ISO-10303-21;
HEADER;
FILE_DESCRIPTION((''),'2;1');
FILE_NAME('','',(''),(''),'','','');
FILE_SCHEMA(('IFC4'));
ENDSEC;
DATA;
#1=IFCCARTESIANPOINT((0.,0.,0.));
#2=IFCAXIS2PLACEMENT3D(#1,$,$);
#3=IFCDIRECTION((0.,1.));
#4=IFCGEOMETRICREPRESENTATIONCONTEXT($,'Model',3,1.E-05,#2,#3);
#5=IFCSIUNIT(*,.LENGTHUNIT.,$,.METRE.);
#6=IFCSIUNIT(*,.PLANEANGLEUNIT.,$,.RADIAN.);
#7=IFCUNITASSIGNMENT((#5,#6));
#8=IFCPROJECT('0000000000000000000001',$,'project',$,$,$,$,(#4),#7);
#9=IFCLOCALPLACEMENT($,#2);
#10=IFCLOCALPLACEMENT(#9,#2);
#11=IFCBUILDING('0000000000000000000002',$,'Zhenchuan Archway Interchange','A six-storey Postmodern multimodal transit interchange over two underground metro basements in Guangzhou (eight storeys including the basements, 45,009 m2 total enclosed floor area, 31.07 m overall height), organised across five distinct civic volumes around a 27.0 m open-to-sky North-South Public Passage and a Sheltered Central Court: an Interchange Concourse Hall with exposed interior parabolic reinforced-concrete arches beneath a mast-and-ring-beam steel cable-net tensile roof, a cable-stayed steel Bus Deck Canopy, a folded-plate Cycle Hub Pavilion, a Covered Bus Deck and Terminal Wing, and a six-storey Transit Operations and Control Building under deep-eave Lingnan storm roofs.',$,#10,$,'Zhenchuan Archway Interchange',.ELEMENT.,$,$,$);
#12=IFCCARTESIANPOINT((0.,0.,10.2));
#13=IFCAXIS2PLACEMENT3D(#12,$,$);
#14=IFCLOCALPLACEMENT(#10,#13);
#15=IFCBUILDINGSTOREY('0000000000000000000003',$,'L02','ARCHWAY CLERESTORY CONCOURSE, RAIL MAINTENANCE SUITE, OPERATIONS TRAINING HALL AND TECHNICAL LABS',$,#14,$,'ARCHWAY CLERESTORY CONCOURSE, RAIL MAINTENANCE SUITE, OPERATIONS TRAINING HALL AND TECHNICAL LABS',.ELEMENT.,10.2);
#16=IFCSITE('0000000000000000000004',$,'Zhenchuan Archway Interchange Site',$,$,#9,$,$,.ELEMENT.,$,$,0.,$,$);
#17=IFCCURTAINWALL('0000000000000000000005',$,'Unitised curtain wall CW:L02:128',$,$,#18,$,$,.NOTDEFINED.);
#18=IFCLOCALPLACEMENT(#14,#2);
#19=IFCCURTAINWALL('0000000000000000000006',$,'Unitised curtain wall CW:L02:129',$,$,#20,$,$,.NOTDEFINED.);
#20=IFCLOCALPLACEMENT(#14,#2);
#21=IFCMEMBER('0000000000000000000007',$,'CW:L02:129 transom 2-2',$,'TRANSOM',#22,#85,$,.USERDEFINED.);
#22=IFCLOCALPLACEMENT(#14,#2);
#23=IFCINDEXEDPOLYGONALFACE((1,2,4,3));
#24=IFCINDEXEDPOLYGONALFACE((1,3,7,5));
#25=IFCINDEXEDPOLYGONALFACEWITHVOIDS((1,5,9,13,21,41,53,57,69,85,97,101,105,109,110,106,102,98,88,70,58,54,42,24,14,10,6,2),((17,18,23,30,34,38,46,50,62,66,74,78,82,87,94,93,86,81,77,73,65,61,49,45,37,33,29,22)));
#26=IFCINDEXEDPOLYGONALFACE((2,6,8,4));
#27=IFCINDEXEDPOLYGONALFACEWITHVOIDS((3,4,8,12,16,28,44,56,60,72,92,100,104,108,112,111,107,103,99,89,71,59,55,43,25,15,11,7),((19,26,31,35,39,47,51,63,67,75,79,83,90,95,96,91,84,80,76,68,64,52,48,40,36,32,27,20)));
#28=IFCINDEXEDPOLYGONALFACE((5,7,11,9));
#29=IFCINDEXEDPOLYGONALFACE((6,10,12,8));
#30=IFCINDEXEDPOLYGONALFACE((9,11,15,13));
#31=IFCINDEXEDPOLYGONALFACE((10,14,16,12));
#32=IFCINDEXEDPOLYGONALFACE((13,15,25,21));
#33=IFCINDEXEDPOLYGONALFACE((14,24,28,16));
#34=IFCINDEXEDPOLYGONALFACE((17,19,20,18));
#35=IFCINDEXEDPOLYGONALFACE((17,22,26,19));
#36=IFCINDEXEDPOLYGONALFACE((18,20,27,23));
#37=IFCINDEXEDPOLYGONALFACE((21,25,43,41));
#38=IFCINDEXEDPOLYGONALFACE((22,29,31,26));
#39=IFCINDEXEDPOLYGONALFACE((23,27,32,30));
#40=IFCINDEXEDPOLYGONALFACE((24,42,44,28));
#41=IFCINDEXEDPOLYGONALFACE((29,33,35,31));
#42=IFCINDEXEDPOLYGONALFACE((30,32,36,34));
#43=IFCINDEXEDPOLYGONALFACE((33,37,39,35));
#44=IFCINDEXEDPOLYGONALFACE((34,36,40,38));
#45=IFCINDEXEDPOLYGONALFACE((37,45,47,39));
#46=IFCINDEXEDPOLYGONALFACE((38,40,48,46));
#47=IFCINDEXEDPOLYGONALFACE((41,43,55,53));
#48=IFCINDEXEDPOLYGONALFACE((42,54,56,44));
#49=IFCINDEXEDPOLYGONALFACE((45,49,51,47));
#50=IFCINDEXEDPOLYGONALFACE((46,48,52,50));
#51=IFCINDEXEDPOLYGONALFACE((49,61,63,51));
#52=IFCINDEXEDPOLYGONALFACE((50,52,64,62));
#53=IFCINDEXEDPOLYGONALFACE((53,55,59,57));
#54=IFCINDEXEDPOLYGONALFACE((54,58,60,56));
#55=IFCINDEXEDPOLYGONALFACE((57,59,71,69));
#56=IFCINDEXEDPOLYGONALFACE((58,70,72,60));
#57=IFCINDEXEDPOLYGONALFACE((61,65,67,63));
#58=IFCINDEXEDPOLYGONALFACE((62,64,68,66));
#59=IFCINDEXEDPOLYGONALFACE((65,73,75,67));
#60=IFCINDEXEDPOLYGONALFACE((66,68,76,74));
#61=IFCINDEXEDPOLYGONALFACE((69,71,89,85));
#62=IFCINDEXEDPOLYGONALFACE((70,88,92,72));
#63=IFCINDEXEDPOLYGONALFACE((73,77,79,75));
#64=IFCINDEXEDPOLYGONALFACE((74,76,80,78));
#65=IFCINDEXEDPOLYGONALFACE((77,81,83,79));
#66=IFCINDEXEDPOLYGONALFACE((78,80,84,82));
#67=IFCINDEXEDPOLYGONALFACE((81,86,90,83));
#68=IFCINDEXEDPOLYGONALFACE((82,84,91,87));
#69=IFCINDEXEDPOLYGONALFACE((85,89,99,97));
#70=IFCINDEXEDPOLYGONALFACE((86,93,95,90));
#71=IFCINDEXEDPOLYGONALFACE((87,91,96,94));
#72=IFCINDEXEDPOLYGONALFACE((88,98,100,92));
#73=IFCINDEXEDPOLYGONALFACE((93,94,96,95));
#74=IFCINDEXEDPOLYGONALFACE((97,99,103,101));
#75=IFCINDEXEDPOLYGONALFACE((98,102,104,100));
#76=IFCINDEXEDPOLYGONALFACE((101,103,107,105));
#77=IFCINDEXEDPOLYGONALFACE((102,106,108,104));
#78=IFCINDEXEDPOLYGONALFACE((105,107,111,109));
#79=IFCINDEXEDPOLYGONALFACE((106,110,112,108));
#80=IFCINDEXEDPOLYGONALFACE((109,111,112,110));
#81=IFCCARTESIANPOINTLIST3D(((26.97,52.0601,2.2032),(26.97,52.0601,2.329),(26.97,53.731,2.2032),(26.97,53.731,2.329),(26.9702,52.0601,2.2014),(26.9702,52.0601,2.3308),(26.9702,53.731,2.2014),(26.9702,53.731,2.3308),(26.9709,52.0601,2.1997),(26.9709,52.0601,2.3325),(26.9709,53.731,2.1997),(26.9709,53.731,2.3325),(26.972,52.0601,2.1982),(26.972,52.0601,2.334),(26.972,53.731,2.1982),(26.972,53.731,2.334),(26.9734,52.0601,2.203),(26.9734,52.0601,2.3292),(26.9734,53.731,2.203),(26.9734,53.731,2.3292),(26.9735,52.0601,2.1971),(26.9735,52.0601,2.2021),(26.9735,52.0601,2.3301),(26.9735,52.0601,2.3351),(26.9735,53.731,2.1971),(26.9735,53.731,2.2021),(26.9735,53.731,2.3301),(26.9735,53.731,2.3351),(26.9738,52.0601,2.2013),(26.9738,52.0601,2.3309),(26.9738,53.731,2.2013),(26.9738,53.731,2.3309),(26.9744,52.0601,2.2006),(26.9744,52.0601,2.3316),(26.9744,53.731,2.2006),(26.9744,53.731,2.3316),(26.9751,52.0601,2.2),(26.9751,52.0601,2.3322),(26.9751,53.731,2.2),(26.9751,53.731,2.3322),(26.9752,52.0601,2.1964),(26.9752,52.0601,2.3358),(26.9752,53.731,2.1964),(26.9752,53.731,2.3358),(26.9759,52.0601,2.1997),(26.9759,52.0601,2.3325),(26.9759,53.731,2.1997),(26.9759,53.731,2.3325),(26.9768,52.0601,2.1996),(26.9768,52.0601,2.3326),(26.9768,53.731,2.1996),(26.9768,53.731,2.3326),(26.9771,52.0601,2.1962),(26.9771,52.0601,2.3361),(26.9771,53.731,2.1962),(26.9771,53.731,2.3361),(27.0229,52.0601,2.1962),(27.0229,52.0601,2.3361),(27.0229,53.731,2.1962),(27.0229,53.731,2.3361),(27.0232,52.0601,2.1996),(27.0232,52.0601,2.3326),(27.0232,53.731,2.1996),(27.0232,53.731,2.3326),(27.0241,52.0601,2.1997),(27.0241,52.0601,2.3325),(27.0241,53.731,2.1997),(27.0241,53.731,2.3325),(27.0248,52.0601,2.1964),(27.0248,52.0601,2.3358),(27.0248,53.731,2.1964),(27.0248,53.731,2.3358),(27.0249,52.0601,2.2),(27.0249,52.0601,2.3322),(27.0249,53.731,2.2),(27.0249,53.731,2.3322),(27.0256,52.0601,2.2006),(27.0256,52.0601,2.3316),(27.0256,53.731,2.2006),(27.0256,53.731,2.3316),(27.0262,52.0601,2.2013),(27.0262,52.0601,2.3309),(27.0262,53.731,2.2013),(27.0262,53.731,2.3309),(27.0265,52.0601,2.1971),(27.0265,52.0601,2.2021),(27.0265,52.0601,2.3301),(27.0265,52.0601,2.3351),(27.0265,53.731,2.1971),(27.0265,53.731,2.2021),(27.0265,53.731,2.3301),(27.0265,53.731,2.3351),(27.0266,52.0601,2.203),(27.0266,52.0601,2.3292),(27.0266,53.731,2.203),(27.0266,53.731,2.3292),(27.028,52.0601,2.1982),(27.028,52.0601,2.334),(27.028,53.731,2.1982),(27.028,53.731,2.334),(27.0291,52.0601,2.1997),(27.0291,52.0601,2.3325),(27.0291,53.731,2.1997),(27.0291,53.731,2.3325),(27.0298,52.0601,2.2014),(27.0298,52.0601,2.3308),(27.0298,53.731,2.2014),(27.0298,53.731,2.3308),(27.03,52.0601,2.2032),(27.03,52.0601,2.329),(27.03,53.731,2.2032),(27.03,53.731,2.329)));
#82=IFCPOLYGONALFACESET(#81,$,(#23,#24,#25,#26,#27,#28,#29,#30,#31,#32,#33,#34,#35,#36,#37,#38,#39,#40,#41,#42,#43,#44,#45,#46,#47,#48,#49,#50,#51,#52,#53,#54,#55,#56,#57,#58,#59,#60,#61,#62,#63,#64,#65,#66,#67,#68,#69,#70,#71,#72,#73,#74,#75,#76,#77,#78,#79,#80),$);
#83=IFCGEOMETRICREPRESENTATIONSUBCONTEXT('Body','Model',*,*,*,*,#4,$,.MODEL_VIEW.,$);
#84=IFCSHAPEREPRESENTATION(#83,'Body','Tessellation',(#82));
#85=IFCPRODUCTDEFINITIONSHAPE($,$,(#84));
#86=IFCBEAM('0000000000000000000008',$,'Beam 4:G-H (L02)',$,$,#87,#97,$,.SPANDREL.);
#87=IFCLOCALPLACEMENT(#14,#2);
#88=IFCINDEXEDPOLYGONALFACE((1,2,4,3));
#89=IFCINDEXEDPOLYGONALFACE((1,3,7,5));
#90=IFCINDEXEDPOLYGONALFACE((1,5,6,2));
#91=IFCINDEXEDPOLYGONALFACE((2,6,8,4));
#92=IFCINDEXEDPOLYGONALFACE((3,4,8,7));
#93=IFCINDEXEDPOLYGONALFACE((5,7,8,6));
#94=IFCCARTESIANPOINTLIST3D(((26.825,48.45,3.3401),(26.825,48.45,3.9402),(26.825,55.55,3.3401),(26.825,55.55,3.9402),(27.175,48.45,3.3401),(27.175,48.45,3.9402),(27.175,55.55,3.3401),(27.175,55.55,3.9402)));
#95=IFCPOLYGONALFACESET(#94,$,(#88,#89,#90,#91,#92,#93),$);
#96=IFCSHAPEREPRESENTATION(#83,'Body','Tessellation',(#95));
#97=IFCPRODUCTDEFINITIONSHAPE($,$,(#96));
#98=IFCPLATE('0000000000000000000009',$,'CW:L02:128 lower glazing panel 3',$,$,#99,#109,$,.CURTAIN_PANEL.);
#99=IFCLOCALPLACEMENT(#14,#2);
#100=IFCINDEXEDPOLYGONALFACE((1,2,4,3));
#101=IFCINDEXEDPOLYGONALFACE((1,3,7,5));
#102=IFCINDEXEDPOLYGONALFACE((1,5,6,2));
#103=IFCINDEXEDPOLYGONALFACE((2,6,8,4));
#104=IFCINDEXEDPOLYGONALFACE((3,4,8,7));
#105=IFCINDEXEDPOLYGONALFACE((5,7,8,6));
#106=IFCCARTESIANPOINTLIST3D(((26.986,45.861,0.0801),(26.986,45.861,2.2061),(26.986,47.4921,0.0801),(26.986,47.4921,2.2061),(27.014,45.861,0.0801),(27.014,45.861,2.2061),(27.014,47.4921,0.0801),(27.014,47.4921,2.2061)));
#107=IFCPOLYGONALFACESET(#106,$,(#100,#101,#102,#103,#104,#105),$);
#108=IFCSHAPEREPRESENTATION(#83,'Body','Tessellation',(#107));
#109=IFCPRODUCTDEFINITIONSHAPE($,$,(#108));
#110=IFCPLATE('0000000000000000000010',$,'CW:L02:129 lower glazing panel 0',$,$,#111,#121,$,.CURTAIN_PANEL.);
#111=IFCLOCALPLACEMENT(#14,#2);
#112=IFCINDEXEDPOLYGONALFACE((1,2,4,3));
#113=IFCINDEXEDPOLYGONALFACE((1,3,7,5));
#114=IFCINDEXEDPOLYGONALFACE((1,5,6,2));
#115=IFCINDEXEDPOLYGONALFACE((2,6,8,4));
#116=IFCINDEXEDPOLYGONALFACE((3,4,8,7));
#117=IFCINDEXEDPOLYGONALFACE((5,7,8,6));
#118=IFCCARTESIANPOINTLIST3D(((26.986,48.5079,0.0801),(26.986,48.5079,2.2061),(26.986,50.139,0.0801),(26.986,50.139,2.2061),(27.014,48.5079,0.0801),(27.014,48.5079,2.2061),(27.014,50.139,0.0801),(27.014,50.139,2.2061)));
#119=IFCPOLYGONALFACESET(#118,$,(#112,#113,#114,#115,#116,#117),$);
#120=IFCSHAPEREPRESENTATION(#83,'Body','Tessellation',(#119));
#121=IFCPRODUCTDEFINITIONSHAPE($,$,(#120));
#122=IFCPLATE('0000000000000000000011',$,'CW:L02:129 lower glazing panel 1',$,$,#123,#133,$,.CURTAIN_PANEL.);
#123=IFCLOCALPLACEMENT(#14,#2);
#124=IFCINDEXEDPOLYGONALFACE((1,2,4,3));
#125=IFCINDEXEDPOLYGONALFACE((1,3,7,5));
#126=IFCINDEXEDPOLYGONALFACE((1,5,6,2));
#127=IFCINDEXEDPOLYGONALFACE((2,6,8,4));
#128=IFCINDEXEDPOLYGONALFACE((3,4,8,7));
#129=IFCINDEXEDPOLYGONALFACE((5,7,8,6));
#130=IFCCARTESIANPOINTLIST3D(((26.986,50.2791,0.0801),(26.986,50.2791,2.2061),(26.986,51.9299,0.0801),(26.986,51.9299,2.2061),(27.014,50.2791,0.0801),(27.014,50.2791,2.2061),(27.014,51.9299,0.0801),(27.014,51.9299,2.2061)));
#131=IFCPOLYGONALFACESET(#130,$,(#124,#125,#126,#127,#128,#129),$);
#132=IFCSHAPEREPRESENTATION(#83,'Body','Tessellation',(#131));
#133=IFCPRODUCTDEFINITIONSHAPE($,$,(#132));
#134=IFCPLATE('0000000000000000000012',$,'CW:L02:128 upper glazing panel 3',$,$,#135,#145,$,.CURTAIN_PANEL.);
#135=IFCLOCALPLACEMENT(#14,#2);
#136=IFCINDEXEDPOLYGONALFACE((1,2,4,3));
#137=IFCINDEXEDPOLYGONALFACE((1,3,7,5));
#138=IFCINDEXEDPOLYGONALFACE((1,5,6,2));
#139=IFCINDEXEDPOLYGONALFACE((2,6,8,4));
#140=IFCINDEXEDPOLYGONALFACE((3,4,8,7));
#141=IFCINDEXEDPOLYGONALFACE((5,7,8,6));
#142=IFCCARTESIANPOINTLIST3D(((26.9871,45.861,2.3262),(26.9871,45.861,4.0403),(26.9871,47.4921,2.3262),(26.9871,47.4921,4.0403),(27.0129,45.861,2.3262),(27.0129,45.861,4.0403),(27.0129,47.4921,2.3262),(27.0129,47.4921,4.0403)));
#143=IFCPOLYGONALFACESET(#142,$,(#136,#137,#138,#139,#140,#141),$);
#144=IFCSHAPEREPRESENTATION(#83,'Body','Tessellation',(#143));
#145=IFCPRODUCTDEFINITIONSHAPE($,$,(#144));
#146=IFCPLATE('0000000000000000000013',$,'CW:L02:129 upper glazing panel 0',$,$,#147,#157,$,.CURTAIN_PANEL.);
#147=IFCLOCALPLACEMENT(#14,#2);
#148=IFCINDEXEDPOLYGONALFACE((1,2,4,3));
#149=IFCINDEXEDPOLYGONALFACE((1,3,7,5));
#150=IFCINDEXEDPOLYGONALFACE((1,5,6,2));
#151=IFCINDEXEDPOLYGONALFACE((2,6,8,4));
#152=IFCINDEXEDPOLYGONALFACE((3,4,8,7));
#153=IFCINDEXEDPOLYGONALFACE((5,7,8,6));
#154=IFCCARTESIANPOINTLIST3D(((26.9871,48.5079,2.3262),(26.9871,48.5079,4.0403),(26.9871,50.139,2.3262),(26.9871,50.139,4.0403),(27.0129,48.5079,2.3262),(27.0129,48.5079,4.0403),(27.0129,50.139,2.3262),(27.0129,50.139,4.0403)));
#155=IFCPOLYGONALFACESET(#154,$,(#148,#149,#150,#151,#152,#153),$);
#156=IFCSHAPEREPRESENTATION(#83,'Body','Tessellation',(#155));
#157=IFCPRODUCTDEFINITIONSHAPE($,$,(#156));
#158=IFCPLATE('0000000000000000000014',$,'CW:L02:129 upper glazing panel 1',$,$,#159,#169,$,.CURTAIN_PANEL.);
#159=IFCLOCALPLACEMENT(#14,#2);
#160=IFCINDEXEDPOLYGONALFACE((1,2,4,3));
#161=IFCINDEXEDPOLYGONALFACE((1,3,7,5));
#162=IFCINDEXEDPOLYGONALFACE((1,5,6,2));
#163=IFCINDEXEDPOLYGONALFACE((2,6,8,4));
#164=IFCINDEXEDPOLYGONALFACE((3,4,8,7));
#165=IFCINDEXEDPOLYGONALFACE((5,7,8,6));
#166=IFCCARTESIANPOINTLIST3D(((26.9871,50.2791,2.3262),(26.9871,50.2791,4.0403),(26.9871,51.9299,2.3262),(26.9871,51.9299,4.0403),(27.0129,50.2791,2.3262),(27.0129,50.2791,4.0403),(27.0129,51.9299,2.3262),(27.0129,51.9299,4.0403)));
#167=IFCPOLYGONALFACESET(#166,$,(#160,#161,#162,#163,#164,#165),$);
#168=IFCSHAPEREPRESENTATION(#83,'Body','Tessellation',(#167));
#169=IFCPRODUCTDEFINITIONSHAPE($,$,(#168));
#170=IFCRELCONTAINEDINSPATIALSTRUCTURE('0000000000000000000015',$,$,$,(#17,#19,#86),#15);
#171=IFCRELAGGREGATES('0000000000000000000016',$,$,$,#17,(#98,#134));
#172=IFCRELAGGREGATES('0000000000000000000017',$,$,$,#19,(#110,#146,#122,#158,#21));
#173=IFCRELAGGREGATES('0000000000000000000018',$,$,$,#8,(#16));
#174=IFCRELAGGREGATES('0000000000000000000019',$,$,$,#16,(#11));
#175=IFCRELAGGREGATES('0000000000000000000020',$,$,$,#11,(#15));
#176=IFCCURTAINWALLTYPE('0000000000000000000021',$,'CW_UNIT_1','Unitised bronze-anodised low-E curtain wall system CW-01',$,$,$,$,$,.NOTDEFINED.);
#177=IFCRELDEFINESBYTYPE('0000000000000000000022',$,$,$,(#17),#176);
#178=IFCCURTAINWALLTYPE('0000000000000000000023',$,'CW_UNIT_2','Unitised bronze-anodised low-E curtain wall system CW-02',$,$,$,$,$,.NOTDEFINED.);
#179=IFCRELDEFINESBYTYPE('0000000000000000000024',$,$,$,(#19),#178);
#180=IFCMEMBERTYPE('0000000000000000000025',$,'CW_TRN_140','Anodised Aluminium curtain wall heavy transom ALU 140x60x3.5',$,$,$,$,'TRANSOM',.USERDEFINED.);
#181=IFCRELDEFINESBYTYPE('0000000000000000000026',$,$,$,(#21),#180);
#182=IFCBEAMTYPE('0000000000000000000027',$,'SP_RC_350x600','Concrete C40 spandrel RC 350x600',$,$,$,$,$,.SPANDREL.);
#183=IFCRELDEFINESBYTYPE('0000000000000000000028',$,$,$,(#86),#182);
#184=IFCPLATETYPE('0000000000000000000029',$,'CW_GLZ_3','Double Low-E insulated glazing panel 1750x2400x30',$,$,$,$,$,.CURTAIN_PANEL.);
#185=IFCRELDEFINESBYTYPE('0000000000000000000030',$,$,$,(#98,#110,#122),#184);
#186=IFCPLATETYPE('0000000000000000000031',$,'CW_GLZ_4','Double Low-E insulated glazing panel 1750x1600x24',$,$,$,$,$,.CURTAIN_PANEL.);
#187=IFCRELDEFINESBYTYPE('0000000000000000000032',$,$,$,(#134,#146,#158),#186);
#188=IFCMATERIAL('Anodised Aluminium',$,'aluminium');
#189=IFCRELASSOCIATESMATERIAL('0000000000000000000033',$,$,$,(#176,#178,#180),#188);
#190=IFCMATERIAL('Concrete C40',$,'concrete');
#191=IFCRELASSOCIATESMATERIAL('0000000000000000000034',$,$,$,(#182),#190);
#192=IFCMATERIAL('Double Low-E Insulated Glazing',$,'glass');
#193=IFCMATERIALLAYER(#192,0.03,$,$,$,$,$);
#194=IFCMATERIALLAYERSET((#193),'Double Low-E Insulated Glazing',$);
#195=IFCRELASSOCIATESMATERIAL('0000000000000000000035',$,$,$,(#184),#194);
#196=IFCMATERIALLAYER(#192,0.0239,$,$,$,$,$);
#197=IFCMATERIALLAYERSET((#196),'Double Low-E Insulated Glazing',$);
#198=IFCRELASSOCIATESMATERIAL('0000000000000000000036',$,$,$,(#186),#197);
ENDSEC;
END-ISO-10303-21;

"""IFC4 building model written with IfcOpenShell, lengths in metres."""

from ifc_helpers import new_model, si_unit, direction, frame, origin, origin_2d, place, context, subcontext, project, spatial, rectangle, hollow_rectangle, extrude, material, layer, layer_set, material_profile, profile_set, type_object, element, aggregate, save


model = new_model("IFC4")

# Units and contexts
model_context = context("Model", 3, precision=1e-05, world=origin(), true_north=direction((0.0, 1.0)))
body_context = subcontext(model_context, "Body", "Model", "MODEL_VIEW")
ifc_project = project(units=[si_unit("LENGTHUNIT", "METRE"), si_unit("PLANEANGLEUNIT", "RADIAN")], contexts=[model_context])

# Site, building, storey
site_placement = place(None, origin())
site = spatial("IfcSite", under=ifc_project, at=site_placement, Name="Zhenchuan Archway Interchange Site", CompositionType="ELEMENT", RefElevation=0.0)
building_placement = place(site_placement, origin())
building = spatial("IfcBuilding", under=site, at=building_placement, Name="Zhenchuan Archway Interchange", Description="A six-storey Postmodern multimodal transit interchange over two underground metro basements in Guangzhou (eight storeys including the basements, 45,009 m2 total enclosed floor area, 31.07 m overall height), organised across five distinct civic volumes around a 27.0 m open-to-sky North-South Public Passage and a Sheltered Central Court: an Interchange Concourse Hall with exposed interior parabolic reinforced-concrete arches beneath a mast-and-ring-beam steel cable-net tensile roof, a cable-stayed steel Bus Deck Canopy, a folded-plate Cycle Hub Pavilion, a Covered Bus Deck and Terminal Wing, and a six-storey Transit Operations and Control Building under deep-eave Lingnan storm roofs.", LongName="Zhenchuan Archway Interchange", CompositionType="ELEMENT")
storey_placement = place(building_placement, frame((0.0, 0.0, 10.2)))
storey = spatial("IfcBuildingStorey", under=building, at=storey_placement, Name="L02", Description="ARCHWAY CLERESTORY CONCOURSE, RAIL MAINTENANCE SUITE, OPERATIONS TRAINING HALL AND TECHNICAL LABS", LongName="ARCHWAY CLERESTORY CONCOURSE, RAIL MAINTENANCE SUITE, OPERATIONS TRAINING HALL AND TECHNICAL LABS", CompositionType="ELEMENT", Elevation=10.2)

# Shared definitions
ifc_material_1 = material(Name="Concrete C40", Category="concrete")

# Curtain wall
ifc_material_2 = material(Name="Anodised Aluminium", Category="aluminium")
curtain_wall_type_1 = type_object("IfcCurtainWallType", Name="CW_UNIT_1", Description="Unitised bronze-anodised low-E curtain wall system CW-01", PredefinedType="NOTDEFINED", material=ifc_material_2)
curtain_wall_1_placement = place(storey_placement, origin())
curtain_wall_1 = element("IfcCurtainWall", 1, at=curtain_wall_1_placement, inside=storey, type_object=curtain_wall_type_1, Name="Unitised curtain wall CW:L02:128", PredefinedType="NOTDEFINED")

# Curtain wall
curtain_wall_type_2 = type_object("IfcCurtainWallType", Name="CW_UNIT_2", Description="Unitised bronze-anodised low-E curtain wall system CW-02", PredefinedType="NOTDEFINED", material=ifc_material_2)
curtain_wall_2_placement = place(storey_placement, origin())
curtain_wall_2 = element("IfcCurtainWall", 2, at=curtain_wall_2_placement, inside=storey, type_object=curtain_wall_type_2, Name="Unitised curtain wall CW:L02:129", PredefinedType="NOTDEFINED")

# Member
ifc_material_profile_1 = material_profile(ifc_material_2, hollow_rectangle(XDim=0.0601, YDim=0.1399, WallThickness=0.0034, InnerFilletRadius=0.0034, OuterFilletRadius=0.0071, at=origin_2d()), Name="ALU 140x60x3.5")
ifc_profile_set_1 = profile_set([ifc_material_profile_1], Name="Anodised Aluminium")
member_type_1 = type_object("IfcMemberType", Name="CW_TRN_140", Description="Anodised Aluminium curtain wall heavy transom ALU 140x60x3.5", ElementType="TRANSOM", PredefinedType="USERDEFINED", material=ifc_profile_set_1)
member_1_placement = place(storey_placement, frame((27.0, 52.0601, 2.2661), z_axis=(0.0, 1.0, 0.0), x_axis=(-1.0, 0.0, 0.0)))
member_1 = element("IfcMember", 3, at=member_1_placement, type_object=member_type_1, Name="CW:L02:129 transom 2-2", ObjectType="TRANSOM", PredefinedType="USERDEFINED", context=body_context, shape_type="SweptSolid", body=[
    extrude(hollow_rectangle(XDim=0.0601, YDim=0.1399, WallThickness=0.0034, InnerFilletRadius=0.0034, OuterFilletRadius=0.0071, at=origin_2d()), origin(), (0.0, 0.0, 1.0), 1.6709),
])

# Beam
ifc_material_profile_2 = material_profile(ifc_material_1, rectangle(XDim=0.3501, YDim=0.6001, at=origin_2d()), Name="RC 350x600")
ifc_profile_set_2 = profile_set([ifc_material_profile_2], Name="Concrete C40")
beam_type = type_object("IfcBeamType", Name="SP_RC_350x600", Description="Concrete C40 spandrel RC 350x600", PredefinedType="SPANDREL", material=ifc_profile_set_2)
beam_placement = place(storey_placement, frame((27.0, 48.45, 3.6401), z_axis=(0.0, 1.0, 0.0), x_axis=(-1.0, 0.0, 0.0)))
element("IfcBeam", 4, at=beam_placement, inside=storey, type_object=beam_type, Name="Beam 4:G-H (L02)", PredefinedType="SPANDREL", context=body_context, shape_type="SweptSolid", body=[
    extrude(rectangle(XDim=0.3501, YDim=0.6001, at=origin_2d()), origin(), (0.0, 0.0, 1.0), 7.1001),
])

# Plates
ifc_material_3 = material(Name="Double Low-E Insulated Glazing", Category="glass")
ifc_layer_1 = layer(ifc_material_3, 0.03)
ifc_layer_set_1 = layer_set([ifc_layer_1], Name="Double Low-E Insulated Glazing")
plate_type_1 = type_object("IfcPlateType", Name="CW_GLZ_3", Description="Double Low-E insulated glazing panel 1750x2400x30", PredefinedType="CURTAIN_PANEL", material=ifc_layer_set_1)
plate_1_placement = place(storey_placement, frame((27.0, 46.6765, 0.0801), z_axis=(0.0, 0.0, 1.0), x_axis=(0.0, 1.0, 0.0)))
plate_1 = element("IfcPlate", 5, at=plate_1_placement, type_object=plate_type_1, Name="CW:L02:128 lower glazing panel 3", PredefinedType="CURTAIN_PANEL", context=body_context, shape_type="SweptSolid", body=[
    extrude(rectangle(XDim=1.6311, YDim=0.0281, at=origin_2d()), origin(), (0.0, 0.0, 1.0), 2.126),
])
plate_2_placement = place(storey_placement, frame((27.0, 49.3235, 0.0801), z_axis=(0.0, 0.0, 1.0), x_axis=(0.0, 1.0, 0.0)))
plate_2 = element("IfcPlate", 6, at=plate_2_placement, type_object=plate_type_1, Name="CW:L02:129 lower glazing panel 0", PredefinedType="CURTAIN_PANEL", context=body_context, shape_type="SweptSolid", body=[
    extrude(rectangle(XDim=1.6311, YDim=0.0281, at=origin_2d()), origin(), (0.0, 0.0, 1.0), 2.126),
])
plate_3_placement = place(storey_placement, frame((27.0, 51.1045, 0.0801), z_axis=(0.0, 0.0, 1.0), x_axis=(0.0, 1.0, 0.0)))
plate_3 = element("IfcPlate", 7, at=plate_3_placement, type_object=plate_type_1, Name="CW:L02:129 lower glazing panel 1", PredefinedType="CURTAIN_PANEL", context=body_context, shape_type="SweptSolid", body=[
    extrude(rectangle(XDim=1.6509, YDim=0.0281, at=origin_2d()), origin(), (0.0, 0.0, 1.0), 2.126),
])
ifc_layer_2 = layer(ifc_material_3, 0.0239)
ifc_layer_set_2 = layer_set([ifc_layer_2], Name="Double Low-E Insulated Glazing")
plate_type_2 = type_object("IfcPlateType", Name="CW_GLZ_4", Description="Double Low-E insulated glazing panel 1750x1600x24", PredefinedType="CURTAIN_PANEL", material=ifc_layer_set_2)
plate_4_placement = place(storey_placement, frame((27.0, 46.6765, 2.3262), z_axis=(0.0, 0.0, 1.0), x_axis=(0.0, 1.0, 0.0)))
plate_4 = element("IfcPlate", 8, at=plate_4_placement, type_object=plate_type_2, Name="CW:L02:128 upper glazing panel 3", PredefinedType="CURTAIN_PANEL", context=body_context, shape_type="SweptSolid", body=[
    extrude(rectangle(XDim=1.6311, YDim=0.0259, at=origin_2d()), origin(), (0.0, 0.0, 1.0), 1.7141),
])
aggregate(curtain_wall_1, [plate_1, plate_4])
plate_5_placement = place(storey_placement, frame((27.0, 49.3235, 2.3262), z_axis=(0.0, 0.0, 1.0), x_axis=(0.0, 1.0, 0.0)))
plate_5 = element("IfcPlate", 9, at=plate_5_placement, type_object=plate_type_2, Name="CW:L02:129 upper glazing panel 0", PredefinedType="CURTAIN_PANEL", context=body_context, shape_type="SweptSolid", body=[
    extrude(rectangle(XDim=1.6311, YDim=0.0259, at=origin_2d()), origin(), (0.0, 0.0, 1.0), 1.7141),
])
plate_6_placement = place(storey_placement, frame((27.0, 51.1045, 2.3262), z_axis=(0.0, 0.0, 1.0), x_axis=(0.0, 1.0, 0.0)))
plate_6 = element("IfcPlate", 10, at=plate_6_placement, type_object=plate_type_2, Name="CW:L02:129 upper glazing panel 1", PredefinedType="CURTAIN_PANEL", context=body_context, shape_type="SweptSolid", body=[
    extrude(rectangle(XDim=1.6509, YDim=0.0259, at=origin_2d()), origin(), (0.0, 0.0, 1.0), 1.7141),
])
aggregate(curtain_wall_2, [plate_2, plate_5, plate_3, plate_6, member_1])

save(model, "model.ifc")
